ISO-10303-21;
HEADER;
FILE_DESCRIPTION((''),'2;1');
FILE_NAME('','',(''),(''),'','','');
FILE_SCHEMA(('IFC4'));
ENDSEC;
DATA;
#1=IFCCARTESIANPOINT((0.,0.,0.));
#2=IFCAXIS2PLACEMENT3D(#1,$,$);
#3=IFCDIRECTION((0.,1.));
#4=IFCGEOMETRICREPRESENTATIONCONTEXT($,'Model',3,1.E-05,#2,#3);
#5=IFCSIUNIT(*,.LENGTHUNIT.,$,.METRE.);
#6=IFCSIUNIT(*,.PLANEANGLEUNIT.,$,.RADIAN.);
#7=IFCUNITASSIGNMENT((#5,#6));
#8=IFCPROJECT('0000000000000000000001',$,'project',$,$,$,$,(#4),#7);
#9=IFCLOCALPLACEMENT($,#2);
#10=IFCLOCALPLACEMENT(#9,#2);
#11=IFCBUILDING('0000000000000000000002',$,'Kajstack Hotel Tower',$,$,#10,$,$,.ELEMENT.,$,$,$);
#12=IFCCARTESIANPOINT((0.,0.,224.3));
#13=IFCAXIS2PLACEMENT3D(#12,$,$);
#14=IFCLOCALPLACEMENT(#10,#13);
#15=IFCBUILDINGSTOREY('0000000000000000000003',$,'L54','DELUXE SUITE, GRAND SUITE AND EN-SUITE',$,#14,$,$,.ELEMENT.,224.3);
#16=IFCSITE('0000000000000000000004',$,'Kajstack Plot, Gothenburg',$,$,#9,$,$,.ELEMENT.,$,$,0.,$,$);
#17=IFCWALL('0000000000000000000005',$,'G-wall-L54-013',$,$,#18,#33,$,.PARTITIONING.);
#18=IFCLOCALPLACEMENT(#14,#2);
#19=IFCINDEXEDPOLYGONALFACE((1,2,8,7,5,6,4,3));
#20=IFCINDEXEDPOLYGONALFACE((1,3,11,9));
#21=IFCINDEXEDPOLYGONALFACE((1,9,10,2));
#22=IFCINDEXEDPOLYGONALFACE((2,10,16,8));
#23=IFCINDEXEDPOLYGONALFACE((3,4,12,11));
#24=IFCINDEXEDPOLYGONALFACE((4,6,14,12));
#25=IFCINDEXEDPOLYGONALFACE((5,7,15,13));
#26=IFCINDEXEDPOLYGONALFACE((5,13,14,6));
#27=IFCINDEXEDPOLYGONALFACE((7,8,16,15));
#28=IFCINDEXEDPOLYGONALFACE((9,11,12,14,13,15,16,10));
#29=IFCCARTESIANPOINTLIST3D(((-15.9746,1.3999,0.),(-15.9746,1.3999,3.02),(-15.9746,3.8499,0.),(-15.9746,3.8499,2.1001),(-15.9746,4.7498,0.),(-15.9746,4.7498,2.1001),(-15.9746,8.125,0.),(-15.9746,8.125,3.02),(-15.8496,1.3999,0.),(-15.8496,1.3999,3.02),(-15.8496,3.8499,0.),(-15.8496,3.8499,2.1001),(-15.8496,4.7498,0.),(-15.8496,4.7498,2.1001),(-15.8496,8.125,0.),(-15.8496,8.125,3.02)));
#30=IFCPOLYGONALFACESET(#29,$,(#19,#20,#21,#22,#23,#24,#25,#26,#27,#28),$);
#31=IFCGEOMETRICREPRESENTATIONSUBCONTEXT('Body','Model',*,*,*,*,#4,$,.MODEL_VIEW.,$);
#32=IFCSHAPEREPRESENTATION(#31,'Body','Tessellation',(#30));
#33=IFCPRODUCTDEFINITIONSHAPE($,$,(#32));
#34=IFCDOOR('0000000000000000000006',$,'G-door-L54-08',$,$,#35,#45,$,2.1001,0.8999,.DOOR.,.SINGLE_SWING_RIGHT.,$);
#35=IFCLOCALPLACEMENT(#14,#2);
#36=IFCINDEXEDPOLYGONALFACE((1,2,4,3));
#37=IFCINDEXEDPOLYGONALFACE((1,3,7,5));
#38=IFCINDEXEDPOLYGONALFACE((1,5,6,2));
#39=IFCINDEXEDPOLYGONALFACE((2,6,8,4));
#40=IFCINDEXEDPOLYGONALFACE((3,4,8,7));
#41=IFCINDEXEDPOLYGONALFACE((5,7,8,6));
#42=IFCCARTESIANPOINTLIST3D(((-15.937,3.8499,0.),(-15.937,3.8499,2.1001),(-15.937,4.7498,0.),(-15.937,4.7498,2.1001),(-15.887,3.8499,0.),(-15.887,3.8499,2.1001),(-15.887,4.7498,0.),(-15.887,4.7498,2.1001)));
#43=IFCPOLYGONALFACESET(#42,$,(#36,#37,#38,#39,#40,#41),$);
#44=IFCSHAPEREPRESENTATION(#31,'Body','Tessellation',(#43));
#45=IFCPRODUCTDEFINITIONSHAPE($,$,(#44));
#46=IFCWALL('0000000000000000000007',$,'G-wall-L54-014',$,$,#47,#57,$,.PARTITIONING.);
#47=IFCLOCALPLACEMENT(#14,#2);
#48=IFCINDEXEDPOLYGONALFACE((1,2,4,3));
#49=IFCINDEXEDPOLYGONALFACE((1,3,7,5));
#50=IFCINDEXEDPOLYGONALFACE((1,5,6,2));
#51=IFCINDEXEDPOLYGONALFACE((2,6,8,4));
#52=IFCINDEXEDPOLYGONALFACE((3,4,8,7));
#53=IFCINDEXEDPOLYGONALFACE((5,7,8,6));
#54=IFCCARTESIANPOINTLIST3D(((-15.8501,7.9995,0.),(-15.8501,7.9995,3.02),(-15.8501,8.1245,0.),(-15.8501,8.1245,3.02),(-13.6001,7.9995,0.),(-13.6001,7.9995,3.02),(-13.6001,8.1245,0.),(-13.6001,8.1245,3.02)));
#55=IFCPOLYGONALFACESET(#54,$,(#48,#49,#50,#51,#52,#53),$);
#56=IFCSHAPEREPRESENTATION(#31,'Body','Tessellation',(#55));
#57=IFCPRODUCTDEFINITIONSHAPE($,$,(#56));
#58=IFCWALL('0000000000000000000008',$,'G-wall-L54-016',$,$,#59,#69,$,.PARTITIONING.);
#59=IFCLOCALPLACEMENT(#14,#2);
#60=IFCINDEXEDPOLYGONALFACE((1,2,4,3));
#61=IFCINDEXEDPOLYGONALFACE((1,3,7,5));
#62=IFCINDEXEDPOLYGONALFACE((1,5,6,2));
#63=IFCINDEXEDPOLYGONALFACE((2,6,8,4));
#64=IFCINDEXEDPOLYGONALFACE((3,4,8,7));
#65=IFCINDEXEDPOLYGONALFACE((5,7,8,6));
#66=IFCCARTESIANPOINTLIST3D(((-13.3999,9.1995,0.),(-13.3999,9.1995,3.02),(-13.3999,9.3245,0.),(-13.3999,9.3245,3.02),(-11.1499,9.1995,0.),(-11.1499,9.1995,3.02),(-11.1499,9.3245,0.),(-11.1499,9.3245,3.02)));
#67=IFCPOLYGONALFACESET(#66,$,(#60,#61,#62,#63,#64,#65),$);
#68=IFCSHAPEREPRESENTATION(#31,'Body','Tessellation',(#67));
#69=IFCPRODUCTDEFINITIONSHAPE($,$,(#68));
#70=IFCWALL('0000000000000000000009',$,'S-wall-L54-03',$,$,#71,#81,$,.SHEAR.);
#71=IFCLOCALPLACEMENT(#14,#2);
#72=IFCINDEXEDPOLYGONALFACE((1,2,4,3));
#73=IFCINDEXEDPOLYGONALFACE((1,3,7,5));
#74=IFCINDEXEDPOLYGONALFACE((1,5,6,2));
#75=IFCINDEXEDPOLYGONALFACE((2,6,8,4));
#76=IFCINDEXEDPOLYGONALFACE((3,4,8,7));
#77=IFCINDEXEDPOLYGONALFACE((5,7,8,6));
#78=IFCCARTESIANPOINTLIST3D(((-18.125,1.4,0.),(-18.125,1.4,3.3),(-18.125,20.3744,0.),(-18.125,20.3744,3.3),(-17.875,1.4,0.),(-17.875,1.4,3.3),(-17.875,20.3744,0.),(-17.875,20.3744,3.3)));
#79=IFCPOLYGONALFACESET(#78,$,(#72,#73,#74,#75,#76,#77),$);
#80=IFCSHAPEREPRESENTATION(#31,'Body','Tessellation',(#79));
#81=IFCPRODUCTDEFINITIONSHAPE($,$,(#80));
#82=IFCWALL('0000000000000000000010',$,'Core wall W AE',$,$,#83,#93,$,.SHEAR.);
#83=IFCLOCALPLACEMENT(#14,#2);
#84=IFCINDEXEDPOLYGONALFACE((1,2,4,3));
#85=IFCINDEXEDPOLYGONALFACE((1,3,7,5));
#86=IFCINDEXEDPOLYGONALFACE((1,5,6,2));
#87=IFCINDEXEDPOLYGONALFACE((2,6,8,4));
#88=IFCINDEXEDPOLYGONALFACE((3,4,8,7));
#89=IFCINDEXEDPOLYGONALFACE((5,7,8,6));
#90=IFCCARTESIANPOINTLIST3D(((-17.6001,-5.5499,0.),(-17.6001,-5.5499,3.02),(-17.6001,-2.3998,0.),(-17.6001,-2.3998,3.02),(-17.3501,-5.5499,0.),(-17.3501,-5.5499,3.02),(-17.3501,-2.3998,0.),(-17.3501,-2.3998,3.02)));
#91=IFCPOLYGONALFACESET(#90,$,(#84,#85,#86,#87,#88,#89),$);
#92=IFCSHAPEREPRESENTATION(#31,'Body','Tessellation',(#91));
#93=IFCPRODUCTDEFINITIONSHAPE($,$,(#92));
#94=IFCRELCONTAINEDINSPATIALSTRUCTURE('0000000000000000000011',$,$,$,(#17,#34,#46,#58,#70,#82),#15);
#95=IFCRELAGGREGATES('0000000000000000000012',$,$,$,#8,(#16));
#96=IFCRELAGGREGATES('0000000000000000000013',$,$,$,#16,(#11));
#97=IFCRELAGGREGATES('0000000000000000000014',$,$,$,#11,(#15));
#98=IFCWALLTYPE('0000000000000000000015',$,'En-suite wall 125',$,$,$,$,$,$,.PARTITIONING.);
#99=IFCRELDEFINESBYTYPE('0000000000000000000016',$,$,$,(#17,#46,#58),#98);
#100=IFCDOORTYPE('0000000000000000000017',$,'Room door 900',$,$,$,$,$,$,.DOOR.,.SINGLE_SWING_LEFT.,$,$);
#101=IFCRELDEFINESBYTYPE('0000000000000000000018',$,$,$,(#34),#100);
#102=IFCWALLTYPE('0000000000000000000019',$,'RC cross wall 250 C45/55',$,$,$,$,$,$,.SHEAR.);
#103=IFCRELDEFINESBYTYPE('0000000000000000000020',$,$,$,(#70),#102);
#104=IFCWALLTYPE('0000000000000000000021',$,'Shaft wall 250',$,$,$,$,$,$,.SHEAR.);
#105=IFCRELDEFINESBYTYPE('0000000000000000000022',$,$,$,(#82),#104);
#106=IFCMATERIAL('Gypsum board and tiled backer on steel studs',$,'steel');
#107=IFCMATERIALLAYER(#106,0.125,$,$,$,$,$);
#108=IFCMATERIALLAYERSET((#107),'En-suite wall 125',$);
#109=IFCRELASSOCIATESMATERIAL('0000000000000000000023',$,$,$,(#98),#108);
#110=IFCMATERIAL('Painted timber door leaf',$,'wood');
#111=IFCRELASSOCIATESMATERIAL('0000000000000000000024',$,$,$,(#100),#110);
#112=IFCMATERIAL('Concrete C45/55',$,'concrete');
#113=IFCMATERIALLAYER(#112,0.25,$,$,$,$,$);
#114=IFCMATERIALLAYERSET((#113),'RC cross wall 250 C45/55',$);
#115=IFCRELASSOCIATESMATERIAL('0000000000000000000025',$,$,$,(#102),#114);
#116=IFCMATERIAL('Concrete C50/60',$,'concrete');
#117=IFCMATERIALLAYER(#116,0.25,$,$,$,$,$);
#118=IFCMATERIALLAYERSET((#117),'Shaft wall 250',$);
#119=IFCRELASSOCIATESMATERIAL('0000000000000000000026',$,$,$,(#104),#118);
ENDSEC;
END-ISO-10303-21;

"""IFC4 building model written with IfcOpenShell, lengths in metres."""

from ifc_helpers import new_model, si_unit, direction, frame, frame_2d, origin, place, context, subcontext, project, spatial, rectangle, extrude, material, layer, layer_set, type_object, element, fill, save


model = new_model("IFC4")

# Units and contexts
model_context = context("Model", 3, precision=1e-05, world=origin(), true_north=direction((0.0, 1.0)))
body_context = subcontext(model_context, "Body", "Model", "MODEL_VIEW")
ifc_project = project(units=[si_unit("LENGTHUNIT", "METRE"), si_unit("PLANEANGLEUNIT", "RADIAN")], contexts=[model_context])

# Site, building, storey
site_placement = place(None, origin())
site = spatial("IfcSite", under=ifc_project, at=site_placement, Name="Kajstack Plot, Gothenburg", CompositionType="ELEMENT", RefElevation=0.0)
building_placement = place(site_placement, origin())
building = spatial("IfcBuilding", under=site, at=building_placement, Name="Kajstack Hotel Tower", CompositionType="ELEMENT")
storey_placement = place(building_placement, frame((0.0, 0.0, 224.3)))
storey = spatial("IfcBuildingStorey", under=building, at=storey_placement, Name="L54", Description="DELUXE SUITE, GRAND SUITE AND EN-SUITE", CompositionType="ELEMENT", Elevation=224.3)

# Shared definitions
ifc_material_1 = material(Name="Gypsum board and tiled backer on steel studs", Category="steel")
ifc_layer_1 = layer(ifc_material_1, 0.125)
ifc_layer_set_1 = layer_set([ifc_layer_1], Name="En-suite wall 125")
wall_type_1 = type_object("IfcWallType", Name="En-suite wall 125", PredefinedType="PARTITIONING", material=ifc_layer_set_1)
ifc_material_2 = material(Name="Painted timber door leaf", Category="wood")
door_type_1 = type_object("IfcDoorType", Name="Room door 900", OperationType="SINGLE_SWING_LEFT", PredefinedType="DOOR", material=ifc_material_2)

# Wall, opening, door
wall_1_placement = place(storey_placement, frame((-15.9121, 1.3999, 0.0), z_axis=(0.0, 0.0, 1.0), x_axis=(0.0, 1.0, 0.0)))
wall_1 = element("IfcWall", 1, at=wall_1_placement, inside=storey, type_object=wall_type_1, Name="G-wall-L54-013", PredefinedType="PARTITIONING", context=body_context, shape_type="SweptSolid", body=[
    extrude(rectangle(XDim=6.7251, YDim=0.125, at=frame_2d((3.3625, 0.0))), origin(), (0.0, 0.0, 1.0), 3.02),
])
opening_1_placement = place(wall_1_placement, frame((2.45, 0.0, 0.0)))
opening_1 = element("IfcOpeningElement", 2, at=opening_1_placement, cuts=wall_1, PredefinedType="OPENING", context=body_context, shape_type="SweptSolid", body=[
    extrude(rectangle(XDim=0.8999, YDim=2.1001, at=frame_2d((0.45, 1.05))), frame((0.0, 0.0725, 0.0), z_axis=(0.0, -1.0, 0.0), x_axis=(1.0, 0.0, 0.0)), (0.0, 0.0, 1.0), 0.145),
])
door_1_placement = place(opening_1_placement, origin())
door_1 = element("IfcDoor", 3, at=door_1_placement, inside=storey, type_object=door_type_1, Name="G-door-L54-08", OperationType="SINGLE_SWING_RIGHT", OverallHeight=2.1001, OverallWidth=0.8999, PredefinedType="DOOR", context=body_context, shape_type="SweptSolid", body=[
    extrude(rectangle(XDim=0.8999, YDim=2.1001, at=frame_2d((0.45, 1.05))), frame((0.0, 0.0249, 0.0), z_axis=(0.0, -1.0, 0.0), x_axis=(1.0, 0.0, 0.0)), (0.0, 0.0, 1.0), 0.05),
])
fill(opening_1, door_1)

# Walls
for number, where, z_axis, x_axis, name in (
    (4, (-15.8501, 8.062, 0.0), (0.0, 0.0, 1.0), (1.0, 0.0, 0.0), "G-wall-L54-014"),
    (5, (-13.3999, 9.262, 0.0), (0.0, 0.0, 1.0), (1.0, 0.0, 0.0), "G-wall-L54-016"),
):
    element("IfcWall", number, at=place(storey_placement, frame(where, z_axis=z_axis, x_axis=x_axis)), inside=storey, type_object=wall_type_1, Name=name, PredefinedType="PARTITIONING", context=body_context, shape_type="SweptSolid", body=[
        extrude(rectangle(XDim=2.25, YDim=0.125, at=frame_2d((1.125, 0.0))), origin(), (0.0, 0.0, 1.0), 3.02),
    ])
ifc_material_3 = material(Name="Concrete C45/55", Category="concrete")
ifc_layer_2 = layer(ifc_material_3, 0.25)
ifc_layer_set_2 = layer_set([ifc_layer_2], Name="RC cross wall 250 C45/55")
wall_type_2 = type_object("IfcWallType", Name="RC cross wall 250 C45/55", PredefinedType="SHEAR", material=ifc_layer_set_2)
wall_2_placement = place(storey_placement, frame((-18.0, 1.3999, 0.0), z_axis=(0.0, 0.0, 1.0), x_axis=(0.0, 1.0, 0.0)))
element("IfcWall", 6, at=wall_2_placement, inside=storey, type_object=wall_type_2, Name="S-wall-L54-03", PredefinedType="SHEAR", context=body_context, shape_type="SweptSolid", body=[
    extrude(rectangle(XDim=18.9744, YDim=0.25, at=frame_2d((9.4873, 0.0))), origin(), (0.0, 0.0, 1.0), 3.3),
])
ifc_material_4 = material(Name="Concrete C50/60", Category="concrete")
ifc_layer_3 = layer(ifc_material_4, 0.25)
ifc_layer_set_3 = layer_set([ifc_layer_3], Name="Shaft wall 250")
wall_type_3 = type_object("IfcWallType", Name="Shaft wall 250", PredefinedType="SHEAR", material=ifc_layer_set_3)
wall_3_placement = place(storey_placement, frame((-17.4751, -5.55, 0.0), z_axis=(0.0, 0.0, 1.0), x_axis=(0.0, 1.0, 0.0)))
element("IfcWall", 7, at=wall_3_placement, inside=storey, type_object=wall_type_3, Name="Core wall W AE", PredefinedType="SHEAR", context=body_context, shape_type="SweptSolid", body=[
    extrude(rectangle(XDim=3.1501, YDim=0.25, at=frame_2d((1.5752, 0.0))), origin(), (0.0, 0.0, 1.0), 3.02),
])

save(model, "model.ifc")
